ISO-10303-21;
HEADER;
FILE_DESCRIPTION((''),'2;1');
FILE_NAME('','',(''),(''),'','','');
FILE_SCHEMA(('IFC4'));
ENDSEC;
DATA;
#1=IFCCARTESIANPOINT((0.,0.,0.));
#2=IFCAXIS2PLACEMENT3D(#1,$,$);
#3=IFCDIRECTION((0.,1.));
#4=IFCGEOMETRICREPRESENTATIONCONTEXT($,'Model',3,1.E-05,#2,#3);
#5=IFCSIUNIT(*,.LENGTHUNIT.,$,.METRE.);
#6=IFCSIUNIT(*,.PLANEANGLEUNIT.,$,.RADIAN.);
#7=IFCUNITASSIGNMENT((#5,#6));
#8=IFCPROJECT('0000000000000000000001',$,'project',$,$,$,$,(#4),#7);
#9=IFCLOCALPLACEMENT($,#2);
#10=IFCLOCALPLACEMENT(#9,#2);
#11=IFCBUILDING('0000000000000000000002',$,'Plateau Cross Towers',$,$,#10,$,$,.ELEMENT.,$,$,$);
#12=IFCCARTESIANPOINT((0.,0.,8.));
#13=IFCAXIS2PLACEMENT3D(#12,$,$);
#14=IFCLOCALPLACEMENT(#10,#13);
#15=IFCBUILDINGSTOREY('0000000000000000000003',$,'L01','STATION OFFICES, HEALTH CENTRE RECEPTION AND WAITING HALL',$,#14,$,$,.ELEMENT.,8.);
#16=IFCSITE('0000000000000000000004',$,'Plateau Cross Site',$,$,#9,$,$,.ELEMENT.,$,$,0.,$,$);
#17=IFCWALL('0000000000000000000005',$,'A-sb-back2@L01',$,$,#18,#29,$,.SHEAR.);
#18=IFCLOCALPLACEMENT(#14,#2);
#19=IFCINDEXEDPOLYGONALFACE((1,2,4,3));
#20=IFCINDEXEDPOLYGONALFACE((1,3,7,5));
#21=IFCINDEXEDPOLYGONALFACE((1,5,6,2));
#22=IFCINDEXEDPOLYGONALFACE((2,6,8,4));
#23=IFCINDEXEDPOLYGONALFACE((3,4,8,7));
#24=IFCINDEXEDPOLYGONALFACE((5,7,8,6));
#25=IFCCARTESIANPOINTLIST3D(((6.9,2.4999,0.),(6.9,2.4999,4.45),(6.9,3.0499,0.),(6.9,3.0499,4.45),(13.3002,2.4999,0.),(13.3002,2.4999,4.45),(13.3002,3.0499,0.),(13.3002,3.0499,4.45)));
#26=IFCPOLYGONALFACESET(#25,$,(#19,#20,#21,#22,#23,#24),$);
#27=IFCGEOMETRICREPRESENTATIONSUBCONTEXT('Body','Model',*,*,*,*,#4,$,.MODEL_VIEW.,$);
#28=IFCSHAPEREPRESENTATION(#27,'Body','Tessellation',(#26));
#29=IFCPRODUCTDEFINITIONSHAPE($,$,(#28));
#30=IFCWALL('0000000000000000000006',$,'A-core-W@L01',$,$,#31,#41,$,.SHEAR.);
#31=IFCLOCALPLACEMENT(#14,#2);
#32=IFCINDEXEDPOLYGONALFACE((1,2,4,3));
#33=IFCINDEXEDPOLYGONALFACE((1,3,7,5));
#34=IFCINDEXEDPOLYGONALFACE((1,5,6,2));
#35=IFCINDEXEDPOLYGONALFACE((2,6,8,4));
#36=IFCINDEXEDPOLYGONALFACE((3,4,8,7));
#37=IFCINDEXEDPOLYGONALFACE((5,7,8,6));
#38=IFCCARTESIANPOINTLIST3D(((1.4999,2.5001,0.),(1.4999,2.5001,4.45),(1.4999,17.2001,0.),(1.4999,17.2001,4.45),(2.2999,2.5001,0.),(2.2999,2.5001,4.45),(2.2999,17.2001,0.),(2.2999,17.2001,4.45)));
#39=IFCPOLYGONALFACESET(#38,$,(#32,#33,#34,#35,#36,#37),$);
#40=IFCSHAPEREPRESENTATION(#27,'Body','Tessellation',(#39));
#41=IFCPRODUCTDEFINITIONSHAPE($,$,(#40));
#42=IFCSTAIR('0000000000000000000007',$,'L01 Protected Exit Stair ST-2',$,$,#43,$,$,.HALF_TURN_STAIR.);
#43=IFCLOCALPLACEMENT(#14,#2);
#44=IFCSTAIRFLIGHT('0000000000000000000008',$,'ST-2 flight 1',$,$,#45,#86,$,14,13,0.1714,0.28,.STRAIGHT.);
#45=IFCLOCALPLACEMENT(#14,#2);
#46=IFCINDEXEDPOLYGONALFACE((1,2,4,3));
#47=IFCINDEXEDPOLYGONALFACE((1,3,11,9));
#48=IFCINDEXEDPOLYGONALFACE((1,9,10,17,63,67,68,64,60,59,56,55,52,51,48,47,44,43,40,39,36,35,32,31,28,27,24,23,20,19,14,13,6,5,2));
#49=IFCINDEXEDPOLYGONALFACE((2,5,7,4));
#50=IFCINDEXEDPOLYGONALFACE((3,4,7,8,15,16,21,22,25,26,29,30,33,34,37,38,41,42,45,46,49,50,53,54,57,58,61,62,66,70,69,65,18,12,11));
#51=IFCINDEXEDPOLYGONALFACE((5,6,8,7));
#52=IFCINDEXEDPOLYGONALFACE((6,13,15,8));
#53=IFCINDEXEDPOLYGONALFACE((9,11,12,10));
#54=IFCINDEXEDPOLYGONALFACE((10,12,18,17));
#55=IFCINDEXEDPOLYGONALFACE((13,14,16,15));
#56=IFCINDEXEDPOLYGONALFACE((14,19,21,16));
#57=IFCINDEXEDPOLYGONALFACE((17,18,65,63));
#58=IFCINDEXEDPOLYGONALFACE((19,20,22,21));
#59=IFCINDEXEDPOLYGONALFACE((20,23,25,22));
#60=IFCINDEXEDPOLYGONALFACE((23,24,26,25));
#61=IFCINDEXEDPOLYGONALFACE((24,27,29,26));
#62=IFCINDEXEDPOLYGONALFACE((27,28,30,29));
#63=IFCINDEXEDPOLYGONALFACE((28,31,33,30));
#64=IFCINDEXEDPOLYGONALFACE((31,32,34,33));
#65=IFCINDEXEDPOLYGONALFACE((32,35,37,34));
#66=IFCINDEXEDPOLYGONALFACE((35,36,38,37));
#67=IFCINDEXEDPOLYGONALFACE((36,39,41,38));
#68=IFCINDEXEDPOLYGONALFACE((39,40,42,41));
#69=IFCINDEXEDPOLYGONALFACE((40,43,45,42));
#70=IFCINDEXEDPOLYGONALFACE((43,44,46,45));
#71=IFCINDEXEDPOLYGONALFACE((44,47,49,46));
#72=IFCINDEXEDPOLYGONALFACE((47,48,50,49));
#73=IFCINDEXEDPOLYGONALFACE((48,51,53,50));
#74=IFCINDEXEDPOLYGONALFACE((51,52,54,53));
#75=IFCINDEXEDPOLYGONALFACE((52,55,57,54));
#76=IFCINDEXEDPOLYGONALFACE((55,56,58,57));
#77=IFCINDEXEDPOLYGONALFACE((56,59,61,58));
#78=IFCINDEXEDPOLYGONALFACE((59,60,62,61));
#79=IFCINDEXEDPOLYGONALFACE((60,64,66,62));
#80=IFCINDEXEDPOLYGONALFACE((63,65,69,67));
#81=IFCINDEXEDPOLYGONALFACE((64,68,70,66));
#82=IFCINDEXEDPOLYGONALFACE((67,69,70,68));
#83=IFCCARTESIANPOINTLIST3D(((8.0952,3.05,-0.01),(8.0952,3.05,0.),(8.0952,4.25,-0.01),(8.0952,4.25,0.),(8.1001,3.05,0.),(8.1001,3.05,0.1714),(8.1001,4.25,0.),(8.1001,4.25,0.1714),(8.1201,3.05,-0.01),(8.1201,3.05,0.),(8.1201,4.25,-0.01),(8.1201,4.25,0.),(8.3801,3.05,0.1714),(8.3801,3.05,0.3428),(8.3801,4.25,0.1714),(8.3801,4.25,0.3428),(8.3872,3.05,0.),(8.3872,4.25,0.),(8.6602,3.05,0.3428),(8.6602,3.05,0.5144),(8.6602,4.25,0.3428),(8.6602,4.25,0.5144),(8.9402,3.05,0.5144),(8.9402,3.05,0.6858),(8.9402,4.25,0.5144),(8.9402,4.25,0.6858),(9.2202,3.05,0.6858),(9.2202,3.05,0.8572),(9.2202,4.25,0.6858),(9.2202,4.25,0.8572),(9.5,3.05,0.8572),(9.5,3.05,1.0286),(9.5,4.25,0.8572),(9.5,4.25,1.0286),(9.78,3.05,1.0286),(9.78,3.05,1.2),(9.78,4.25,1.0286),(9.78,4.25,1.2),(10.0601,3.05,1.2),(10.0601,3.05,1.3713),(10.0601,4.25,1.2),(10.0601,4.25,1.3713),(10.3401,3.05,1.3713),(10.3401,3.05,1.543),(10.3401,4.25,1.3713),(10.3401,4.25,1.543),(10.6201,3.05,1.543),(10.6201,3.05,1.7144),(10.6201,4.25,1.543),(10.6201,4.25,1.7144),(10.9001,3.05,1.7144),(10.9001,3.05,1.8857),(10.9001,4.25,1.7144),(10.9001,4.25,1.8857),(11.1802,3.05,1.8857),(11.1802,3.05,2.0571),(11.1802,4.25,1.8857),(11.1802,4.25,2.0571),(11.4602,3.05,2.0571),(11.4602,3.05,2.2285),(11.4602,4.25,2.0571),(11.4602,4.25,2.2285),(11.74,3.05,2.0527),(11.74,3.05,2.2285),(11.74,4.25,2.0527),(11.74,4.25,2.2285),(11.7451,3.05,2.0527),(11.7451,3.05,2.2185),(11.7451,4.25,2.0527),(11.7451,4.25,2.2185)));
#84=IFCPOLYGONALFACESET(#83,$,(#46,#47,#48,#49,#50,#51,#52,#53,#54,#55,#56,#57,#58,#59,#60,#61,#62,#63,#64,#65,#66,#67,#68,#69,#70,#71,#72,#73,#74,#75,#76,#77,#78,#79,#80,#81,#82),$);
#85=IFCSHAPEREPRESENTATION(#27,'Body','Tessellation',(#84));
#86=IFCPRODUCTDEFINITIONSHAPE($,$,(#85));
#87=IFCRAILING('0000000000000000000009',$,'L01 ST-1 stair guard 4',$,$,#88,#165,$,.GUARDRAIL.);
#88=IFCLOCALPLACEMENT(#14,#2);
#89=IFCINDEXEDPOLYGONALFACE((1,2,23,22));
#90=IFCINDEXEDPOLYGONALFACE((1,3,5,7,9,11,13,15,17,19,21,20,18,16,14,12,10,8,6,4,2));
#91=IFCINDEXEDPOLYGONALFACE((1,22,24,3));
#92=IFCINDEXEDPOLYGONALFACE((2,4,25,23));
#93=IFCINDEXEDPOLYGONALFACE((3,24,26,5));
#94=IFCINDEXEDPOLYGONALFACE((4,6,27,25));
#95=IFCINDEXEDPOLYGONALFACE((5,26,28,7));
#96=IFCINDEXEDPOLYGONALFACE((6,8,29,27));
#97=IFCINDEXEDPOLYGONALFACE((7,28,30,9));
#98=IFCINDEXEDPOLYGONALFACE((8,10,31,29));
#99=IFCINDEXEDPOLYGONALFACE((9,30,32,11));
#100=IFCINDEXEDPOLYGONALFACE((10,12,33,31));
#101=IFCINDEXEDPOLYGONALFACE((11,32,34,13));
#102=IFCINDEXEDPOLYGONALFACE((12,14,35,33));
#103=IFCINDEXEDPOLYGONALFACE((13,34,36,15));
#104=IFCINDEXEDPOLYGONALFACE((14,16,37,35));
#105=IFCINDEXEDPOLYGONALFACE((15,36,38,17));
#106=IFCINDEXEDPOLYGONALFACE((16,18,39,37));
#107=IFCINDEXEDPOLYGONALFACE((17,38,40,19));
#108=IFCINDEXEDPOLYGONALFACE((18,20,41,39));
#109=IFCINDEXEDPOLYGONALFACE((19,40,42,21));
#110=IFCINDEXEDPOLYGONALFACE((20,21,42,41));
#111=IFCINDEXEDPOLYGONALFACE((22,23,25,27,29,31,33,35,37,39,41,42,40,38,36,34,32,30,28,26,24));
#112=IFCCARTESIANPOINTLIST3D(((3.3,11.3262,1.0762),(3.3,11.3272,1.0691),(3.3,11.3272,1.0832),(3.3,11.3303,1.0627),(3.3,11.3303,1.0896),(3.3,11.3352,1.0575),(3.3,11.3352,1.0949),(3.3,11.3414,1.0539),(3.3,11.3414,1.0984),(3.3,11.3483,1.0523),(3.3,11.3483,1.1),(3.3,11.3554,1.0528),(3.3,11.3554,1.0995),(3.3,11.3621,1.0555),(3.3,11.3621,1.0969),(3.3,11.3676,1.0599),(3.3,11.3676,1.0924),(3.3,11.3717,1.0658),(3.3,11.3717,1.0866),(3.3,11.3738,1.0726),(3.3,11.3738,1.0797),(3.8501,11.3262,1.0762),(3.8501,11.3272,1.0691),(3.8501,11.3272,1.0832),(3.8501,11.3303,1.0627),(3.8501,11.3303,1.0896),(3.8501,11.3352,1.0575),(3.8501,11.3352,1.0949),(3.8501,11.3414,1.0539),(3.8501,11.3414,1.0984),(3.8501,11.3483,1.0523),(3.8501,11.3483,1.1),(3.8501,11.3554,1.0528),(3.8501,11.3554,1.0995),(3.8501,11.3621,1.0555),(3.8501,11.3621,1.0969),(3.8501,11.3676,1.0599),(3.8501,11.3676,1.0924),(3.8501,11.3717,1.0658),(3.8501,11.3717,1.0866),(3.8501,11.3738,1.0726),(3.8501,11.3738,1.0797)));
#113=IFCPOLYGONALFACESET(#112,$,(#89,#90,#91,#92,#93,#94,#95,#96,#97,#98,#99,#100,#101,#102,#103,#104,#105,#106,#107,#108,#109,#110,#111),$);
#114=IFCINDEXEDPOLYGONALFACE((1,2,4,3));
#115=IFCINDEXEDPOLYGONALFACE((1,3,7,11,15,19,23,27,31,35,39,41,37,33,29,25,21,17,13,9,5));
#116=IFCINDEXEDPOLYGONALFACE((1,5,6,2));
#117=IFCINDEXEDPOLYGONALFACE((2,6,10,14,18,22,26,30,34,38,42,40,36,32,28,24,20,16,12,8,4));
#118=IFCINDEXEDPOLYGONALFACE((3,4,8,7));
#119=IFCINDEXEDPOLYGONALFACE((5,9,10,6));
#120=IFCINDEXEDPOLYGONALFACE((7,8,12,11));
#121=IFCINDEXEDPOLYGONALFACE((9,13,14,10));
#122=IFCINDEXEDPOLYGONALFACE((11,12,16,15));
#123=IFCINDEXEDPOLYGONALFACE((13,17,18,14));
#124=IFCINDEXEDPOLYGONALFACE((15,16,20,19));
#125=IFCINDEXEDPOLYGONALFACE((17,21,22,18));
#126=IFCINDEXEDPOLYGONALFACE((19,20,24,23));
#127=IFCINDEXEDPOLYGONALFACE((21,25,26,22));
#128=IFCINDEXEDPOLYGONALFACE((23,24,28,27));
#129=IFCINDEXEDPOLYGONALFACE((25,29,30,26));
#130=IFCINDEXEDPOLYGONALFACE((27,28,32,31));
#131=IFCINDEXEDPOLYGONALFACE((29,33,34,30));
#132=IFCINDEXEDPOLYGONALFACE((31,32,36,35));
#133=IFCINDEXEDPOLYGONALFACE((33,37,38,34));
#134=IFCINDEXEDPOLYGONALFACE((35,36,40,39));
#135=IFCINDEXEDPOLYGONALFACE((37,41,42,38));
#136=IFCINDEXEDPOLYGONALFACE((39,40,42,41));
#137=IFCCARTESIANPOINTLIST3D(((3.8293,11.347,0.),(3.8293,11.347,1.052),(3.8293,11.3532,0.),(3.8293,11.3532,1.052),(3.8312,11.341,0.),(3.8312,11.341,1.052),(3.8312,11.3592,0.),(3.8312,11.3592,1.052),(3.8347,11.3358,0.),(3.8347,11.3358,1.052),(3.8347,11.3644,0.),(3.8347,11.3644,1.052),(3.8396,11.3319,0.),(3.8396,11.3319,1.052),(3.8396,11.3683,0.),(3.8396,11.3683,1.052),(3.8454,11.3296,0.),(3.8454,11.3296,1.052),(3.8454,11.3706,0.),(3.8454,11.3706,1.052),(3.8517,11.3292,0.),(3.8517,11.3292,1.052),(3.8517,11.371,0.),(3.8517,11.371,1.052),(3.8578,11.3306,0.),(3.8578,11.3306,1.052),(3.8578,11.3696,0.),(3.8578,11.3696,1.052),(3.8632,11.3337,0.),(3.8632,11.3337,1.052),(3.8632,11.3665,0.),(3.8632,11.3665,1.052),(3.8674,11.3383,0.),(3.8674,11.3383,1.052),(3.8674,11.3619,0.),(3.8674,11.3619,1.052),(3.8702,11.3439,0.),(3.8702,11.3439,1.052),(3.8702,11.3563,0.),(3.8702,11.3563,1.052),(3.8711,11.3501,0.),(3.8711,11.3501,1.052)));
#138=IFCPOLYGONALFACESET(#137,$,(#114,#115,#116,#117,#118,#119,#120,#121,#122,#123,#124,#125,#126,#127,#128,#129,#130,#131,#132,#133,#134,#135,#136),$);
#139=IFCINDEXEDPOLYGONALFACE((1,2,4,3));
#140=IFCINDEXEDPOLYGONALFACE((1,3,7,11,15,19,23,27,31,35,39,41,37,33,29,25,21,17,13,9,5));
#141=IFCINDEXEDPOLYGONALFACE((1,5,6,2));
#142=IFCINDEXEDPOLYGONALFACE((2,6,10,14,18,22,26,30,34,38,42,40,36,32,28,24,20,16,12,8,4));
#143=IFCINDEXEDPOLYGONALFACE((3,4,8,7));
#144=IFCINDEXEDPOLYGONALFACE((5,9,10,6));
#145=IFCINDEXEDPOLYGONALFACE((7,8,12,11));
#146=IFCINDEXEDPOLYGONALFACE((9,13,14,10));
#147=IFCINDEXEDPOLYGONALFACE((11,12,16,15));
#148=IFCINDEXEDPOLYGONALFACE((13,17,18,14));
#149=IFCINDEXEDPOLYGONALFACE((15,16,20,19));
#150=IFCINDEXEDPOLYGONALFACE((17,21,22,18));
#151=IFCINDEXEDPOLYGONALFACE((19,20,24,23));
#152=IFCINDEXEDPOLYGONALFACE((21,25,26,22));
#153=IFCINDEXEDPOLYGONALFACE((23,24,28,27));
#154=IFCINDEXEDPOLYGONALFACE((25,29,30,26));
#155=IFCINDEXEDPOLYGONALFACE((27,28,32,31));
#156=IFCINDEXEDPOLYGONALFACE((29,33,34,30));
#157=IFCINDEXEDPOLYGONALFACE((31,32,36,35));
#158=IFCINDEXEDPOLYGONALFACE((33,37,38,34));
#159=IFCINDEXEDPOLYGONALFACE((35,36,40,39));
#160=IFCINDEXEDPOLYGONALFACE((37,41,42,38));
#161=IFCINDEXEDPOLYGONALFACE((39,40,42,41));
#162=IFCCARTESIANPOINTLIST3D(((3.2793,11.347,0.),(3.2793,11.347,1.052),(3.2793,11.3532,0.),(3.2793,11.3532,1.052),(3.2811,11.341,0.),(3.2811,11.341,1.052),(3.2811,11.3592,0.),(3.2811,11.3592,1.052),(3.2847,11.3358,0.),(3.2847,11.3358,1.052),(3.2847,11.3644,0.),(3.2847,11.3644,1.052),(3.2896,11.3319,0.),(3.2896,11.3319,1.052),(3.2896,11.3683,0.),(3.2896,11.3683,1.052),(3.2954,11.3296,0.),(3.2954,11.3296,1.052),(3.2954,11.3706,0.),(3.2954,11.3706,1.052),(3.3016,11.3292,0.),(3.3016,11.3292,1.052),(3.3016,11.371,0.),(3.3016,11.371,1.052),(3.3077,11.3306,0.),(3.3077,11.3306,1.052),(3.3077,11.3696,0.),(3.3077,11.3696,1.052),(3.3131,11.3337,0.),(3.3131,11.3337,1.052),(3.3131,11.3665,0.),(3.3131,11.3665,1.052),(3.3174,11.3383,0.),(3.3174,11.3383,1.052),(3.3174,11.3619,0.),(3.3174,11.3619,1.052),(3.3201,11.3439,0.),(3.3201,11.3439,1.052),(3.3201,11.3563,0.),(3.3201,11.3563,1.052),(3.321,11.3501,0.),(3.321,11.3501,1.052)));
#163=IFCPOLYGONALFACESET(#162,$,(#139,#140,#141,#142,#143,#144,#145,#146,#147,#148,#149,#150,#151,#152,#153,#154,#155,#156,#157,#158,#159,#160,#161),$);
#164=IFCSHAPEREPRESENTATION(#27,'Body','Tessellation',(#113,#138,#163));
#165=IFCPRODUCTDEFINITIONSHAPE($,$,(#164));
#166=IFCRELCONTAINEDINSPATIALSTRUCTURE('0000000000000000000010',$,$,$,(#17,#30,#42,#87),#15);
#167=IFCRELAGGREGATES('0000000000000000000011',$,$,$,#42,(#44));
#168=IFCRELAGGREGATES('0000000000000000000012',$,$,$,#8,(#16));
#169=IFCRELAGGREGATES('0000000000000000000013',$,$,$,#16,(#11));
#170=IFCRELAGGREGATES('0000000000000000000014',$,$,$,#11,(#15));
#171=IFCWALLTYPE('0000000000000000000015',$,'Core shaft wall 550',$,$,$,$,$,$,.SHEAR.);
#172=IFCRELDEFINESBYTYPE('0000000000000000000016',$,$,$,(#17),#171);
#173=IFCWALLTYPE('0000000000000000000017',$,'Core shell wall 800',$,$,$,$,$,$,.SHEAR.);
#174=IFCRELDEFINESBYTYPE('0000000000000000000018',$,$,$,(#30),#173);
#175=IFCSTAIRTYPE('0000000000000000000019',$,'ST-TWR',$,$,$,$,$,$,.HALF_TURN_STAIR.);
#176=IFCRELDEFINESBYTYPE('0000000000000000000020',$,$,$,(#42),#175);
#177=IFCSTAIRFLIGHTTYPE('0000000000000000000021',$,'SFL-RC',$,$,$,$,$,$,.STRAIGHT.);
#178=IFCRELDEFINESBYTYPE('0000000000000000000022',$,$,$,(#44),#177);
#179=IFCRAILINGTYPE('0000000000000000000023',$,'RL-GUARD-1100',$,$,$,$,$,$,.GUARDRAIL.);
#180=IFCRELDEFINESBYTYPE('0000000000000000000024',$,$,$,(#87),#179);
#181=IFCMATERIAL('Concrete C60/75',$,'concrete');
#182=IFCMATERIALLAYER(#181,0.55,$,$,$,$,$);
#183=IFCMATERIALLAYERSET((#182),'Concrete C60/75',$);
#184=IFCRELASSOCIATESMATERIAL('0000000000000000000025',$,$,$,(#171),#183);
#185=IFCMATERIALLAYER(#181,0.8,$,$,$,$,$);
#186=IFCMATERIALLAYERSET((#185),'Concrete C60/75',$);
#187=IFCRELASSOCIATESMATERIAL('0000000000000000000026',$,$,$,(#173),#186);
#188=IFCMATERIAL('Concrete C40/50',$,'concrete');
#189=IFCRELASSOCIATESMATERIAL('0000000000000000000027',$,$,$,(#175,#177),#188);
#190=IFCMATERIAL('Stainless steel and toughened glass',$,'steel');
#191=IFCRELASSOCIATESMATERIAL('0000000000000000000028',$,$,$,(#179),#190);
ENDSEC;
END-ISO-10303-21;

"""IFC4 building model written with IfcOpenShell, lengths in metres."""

from ifc_helpers import new_model, si_unit, direction, frame, frame_2d, origin, origin_2d, place, context, subcontext, project, spatial, polyline, rectangle, circle, outline, extrude, material, layer, layer_set, type_object, element, aggregate, save


model = new_model("IFC4")

# Units and contexts
model_context = context("Model", 3, precision=1e-05, world=origin(), true_north=direction((0.0, 1.0)))
body_context = subcontext(model_context, "Body", "Model", "MODEL_VIEW")
ifc_project = project(units=[si_unit("LENGTHUNIT", "METRE"), si_unit("PLANEANGLEUNIT", "RADIAN")], contexts=[model_context])

# Site, building, storey
site_placement = place(None, origin())
site = spatial("IfcSite", under=ifc_project, at=site_placement, Name="Plateau Cross Site", CompositionType="ELEMENT", RefElevation=0.0)
building_placement = place(site_placement, origin())
building = spatial("IfcBuilding", under=site, at=building_placement, Name="Plateau Cross Towers", CompositionType="ELEMENT")
storey_placement = place(building_placement, frame((0.0, 0.0, 8.0)))
storey = spatial("IfcBuildingStorey", under=building, at=storey_placement, Name="L01", Description="STATION OFFICES, HEALTH CENTRE RECEPTION AND WAITING HALL", CompositionType="ELEMENT", Elevation=8.0)

# Shared definitions
ifc_material_1 = material(Name="Concrete C60/75", Category="concrete")

# Walls
ifc_layer_1 = layer(ifc_material_1, 0.55)
ifc_layer_set_1 = layer_set([ifc_layer_1], Name="Concrete C60/75")
wall_type_1 = type_object("IfcWallType", Name="Core shaft wall 550", PredefinedType="SHEAR", material=ifc_layer_set_1)
wall_1_placement = place(storey_placement, frame((6.8999, 2.7749, 0.0), z_axis=(0.0, 0.0, 1.0), x_axis=(1.0, 0.0, 0.0)))
element("IfcWall", 1, at=wall_1_placement, inside=storey, type_object=wall_type_1, Name="A-sb-back2@L01", PredefinedType="SHEAR", context=body_context, shape_type="SweptSolid", body=[
    extrude(rectangle(XDim=6.4001, YDim=0.55, at=frame_2d((3.2002, 0.0))), origin(), (0.0, 0.0, 1.0), 4.45),
])
ifc_layer_2 = layer(ifc_material_1, 0.8)
ifc_layer_set_2 = layer_set([ifc_layer_2], Name="Concrete C60/75")
wall_type_2 = type_object("IfcWallType", Name="Core shell wall 800", PredefinedType="SHEAR", material=ifc_layer_set_2)
wall_2_placement = place(storey_placement, frame((1.8999, 2.5, 0.0), z_axis=(0.0, 0.0, 1.0), x_axis=(0.0, 1.0, 0.0)))
element("IfcWall", 2, at=wall_2_placement, inside=storey, type_object=wall_type_2, Name="A-core-W@L01", PredefinedType="SHEAR", context=body_context, shape_type="SweptSolid", body=[
    extrude(rectangle(XDim=14.7, YDim=0.8, at=frame_2d((7.3501, 0.0))), origin(), (0.0, 0.0, 1.0), 4.45),
])

# Stair, stair flight
ifc_material_2 = material(Name="Concrete C40/50", Category="concrete")
stair_type = type_object("IfcStairType", Name="ST-TWR", PredefinedType="HALF_TURN_STAIR", material=ifc_material_2)
stair_placement = place(storey_placement, origin())
stair = element("IfcStair", 3, at=stair_placement, inside=storey, type_object=stair_type, Name="L01 Protected Exit Stair ST-2", PredefinedType="HALF_TURN_STAIR")
stair_flight_type = type_object("IfcStairFlightType", Name="SFL-RC", PredefinedType="STRAIGHT", material=ifc_material_2)
stair_flight_placement = place(storey_placement, frame((8.1001, 3.6499, 0.0), z_axis=(0.0, 0.0, 1.0), x_axis=(1.0, 0.0, 0.0)))
stair_flight = element("IfcStairFlight", 4, at=stair_flight_placement, type_object=stair_flight_type, Name="ST-2 flight 1", NumberOfRisers=14, NumberOfTreads=13, PredefinedType="STRAIGHT", RiserHeight=0.1714, TreadLength=0.28, context=body_context, shape_type="SweptSolid", body=[
    extrude(outline(polyline([(-0.0049, -0.01), (-0.0049, 0.0), (0.0, 0.0), (0.0, 0.1714), (0.28, 0.1714), (0.28, 0.3428), (0.5601, 0.3428), (0.5601, 0.5144), (0.8401, 0.5144), (0.8401, 0.6858), (1.1201, 0.6858), (1.1201, 0.8572), (1.3999, 0.8572), (1.3999, 1.0286), (1.6799, 1.0286), (1.6799, 1.2), (1.96, 1.2), (1.96, 1.3713), (2.24, 1.3713), (2.24, 1.543), (2.52, 1.543), (2.52, 1.7144), (2.8, 1.7144), (2.8, 1.8857), (3.0801, 1.8857), (3.0801, 2.0571), (3.3601, 2.0571), (3.3601, 2.2285), (3.6399, 2.2285), (3.645, 2.2185), (3.645, 2.0527), (3.6399, 2.0527), (0.2871, 0.0), (0.02, 0.0), (0.02, -0.01), (-0.0049, -0.01)])), frame((0.0, 0.6001, 0.0), z_axis=(0.0, -1.0, 0.0), x_axis=(1.0, 0.0, 0.0)), (0.0, 0.0, 1.0), 1.2),
])
aggregate(stair, [stair_flight])

# Railing
ifc_material_3 = material(Name="Stainless steel and toughened glass", Category="steel")
railing_type_1 = type_object("IfcRailingType", Name="RL-GUARD-1100", PredefinedType="GUARDRAIL", material=ifc_material_3)
railing_1_placement = place(storey_placement, frame((3.8501, 11.3501, 0.0)))
element("IfcRailing", 5, at=railing_1_placement, inside=storey, type_object=railing_type_1, Name="L01 ST-1 stair guard 4", PredefinedType="GUARDRAIL", context=body_context, shape_type="SweptSolid", body=[
    extrude(circle(Radius=0.0239, at=origin_2d()), frame((0.0, 0.0, 1.0762), z_axis=(-1.0, 0.0, 0.0), x_axis=(0.0, -1.0, 0.0)), (0.0, 0.0, 1.0), 0.55),
    extrude(circle(Radius=0.021, at=origin_2d()), origin(), (0.0, 0.0, 1.0), 1.052),
    extrude(circle(Radius=0.021, at=origin_2d()), frame((-0.55, 0.0, 0.0)), (0.0, 0.0, 1.0), 1.052),
])

save(model, "model.ifc")
